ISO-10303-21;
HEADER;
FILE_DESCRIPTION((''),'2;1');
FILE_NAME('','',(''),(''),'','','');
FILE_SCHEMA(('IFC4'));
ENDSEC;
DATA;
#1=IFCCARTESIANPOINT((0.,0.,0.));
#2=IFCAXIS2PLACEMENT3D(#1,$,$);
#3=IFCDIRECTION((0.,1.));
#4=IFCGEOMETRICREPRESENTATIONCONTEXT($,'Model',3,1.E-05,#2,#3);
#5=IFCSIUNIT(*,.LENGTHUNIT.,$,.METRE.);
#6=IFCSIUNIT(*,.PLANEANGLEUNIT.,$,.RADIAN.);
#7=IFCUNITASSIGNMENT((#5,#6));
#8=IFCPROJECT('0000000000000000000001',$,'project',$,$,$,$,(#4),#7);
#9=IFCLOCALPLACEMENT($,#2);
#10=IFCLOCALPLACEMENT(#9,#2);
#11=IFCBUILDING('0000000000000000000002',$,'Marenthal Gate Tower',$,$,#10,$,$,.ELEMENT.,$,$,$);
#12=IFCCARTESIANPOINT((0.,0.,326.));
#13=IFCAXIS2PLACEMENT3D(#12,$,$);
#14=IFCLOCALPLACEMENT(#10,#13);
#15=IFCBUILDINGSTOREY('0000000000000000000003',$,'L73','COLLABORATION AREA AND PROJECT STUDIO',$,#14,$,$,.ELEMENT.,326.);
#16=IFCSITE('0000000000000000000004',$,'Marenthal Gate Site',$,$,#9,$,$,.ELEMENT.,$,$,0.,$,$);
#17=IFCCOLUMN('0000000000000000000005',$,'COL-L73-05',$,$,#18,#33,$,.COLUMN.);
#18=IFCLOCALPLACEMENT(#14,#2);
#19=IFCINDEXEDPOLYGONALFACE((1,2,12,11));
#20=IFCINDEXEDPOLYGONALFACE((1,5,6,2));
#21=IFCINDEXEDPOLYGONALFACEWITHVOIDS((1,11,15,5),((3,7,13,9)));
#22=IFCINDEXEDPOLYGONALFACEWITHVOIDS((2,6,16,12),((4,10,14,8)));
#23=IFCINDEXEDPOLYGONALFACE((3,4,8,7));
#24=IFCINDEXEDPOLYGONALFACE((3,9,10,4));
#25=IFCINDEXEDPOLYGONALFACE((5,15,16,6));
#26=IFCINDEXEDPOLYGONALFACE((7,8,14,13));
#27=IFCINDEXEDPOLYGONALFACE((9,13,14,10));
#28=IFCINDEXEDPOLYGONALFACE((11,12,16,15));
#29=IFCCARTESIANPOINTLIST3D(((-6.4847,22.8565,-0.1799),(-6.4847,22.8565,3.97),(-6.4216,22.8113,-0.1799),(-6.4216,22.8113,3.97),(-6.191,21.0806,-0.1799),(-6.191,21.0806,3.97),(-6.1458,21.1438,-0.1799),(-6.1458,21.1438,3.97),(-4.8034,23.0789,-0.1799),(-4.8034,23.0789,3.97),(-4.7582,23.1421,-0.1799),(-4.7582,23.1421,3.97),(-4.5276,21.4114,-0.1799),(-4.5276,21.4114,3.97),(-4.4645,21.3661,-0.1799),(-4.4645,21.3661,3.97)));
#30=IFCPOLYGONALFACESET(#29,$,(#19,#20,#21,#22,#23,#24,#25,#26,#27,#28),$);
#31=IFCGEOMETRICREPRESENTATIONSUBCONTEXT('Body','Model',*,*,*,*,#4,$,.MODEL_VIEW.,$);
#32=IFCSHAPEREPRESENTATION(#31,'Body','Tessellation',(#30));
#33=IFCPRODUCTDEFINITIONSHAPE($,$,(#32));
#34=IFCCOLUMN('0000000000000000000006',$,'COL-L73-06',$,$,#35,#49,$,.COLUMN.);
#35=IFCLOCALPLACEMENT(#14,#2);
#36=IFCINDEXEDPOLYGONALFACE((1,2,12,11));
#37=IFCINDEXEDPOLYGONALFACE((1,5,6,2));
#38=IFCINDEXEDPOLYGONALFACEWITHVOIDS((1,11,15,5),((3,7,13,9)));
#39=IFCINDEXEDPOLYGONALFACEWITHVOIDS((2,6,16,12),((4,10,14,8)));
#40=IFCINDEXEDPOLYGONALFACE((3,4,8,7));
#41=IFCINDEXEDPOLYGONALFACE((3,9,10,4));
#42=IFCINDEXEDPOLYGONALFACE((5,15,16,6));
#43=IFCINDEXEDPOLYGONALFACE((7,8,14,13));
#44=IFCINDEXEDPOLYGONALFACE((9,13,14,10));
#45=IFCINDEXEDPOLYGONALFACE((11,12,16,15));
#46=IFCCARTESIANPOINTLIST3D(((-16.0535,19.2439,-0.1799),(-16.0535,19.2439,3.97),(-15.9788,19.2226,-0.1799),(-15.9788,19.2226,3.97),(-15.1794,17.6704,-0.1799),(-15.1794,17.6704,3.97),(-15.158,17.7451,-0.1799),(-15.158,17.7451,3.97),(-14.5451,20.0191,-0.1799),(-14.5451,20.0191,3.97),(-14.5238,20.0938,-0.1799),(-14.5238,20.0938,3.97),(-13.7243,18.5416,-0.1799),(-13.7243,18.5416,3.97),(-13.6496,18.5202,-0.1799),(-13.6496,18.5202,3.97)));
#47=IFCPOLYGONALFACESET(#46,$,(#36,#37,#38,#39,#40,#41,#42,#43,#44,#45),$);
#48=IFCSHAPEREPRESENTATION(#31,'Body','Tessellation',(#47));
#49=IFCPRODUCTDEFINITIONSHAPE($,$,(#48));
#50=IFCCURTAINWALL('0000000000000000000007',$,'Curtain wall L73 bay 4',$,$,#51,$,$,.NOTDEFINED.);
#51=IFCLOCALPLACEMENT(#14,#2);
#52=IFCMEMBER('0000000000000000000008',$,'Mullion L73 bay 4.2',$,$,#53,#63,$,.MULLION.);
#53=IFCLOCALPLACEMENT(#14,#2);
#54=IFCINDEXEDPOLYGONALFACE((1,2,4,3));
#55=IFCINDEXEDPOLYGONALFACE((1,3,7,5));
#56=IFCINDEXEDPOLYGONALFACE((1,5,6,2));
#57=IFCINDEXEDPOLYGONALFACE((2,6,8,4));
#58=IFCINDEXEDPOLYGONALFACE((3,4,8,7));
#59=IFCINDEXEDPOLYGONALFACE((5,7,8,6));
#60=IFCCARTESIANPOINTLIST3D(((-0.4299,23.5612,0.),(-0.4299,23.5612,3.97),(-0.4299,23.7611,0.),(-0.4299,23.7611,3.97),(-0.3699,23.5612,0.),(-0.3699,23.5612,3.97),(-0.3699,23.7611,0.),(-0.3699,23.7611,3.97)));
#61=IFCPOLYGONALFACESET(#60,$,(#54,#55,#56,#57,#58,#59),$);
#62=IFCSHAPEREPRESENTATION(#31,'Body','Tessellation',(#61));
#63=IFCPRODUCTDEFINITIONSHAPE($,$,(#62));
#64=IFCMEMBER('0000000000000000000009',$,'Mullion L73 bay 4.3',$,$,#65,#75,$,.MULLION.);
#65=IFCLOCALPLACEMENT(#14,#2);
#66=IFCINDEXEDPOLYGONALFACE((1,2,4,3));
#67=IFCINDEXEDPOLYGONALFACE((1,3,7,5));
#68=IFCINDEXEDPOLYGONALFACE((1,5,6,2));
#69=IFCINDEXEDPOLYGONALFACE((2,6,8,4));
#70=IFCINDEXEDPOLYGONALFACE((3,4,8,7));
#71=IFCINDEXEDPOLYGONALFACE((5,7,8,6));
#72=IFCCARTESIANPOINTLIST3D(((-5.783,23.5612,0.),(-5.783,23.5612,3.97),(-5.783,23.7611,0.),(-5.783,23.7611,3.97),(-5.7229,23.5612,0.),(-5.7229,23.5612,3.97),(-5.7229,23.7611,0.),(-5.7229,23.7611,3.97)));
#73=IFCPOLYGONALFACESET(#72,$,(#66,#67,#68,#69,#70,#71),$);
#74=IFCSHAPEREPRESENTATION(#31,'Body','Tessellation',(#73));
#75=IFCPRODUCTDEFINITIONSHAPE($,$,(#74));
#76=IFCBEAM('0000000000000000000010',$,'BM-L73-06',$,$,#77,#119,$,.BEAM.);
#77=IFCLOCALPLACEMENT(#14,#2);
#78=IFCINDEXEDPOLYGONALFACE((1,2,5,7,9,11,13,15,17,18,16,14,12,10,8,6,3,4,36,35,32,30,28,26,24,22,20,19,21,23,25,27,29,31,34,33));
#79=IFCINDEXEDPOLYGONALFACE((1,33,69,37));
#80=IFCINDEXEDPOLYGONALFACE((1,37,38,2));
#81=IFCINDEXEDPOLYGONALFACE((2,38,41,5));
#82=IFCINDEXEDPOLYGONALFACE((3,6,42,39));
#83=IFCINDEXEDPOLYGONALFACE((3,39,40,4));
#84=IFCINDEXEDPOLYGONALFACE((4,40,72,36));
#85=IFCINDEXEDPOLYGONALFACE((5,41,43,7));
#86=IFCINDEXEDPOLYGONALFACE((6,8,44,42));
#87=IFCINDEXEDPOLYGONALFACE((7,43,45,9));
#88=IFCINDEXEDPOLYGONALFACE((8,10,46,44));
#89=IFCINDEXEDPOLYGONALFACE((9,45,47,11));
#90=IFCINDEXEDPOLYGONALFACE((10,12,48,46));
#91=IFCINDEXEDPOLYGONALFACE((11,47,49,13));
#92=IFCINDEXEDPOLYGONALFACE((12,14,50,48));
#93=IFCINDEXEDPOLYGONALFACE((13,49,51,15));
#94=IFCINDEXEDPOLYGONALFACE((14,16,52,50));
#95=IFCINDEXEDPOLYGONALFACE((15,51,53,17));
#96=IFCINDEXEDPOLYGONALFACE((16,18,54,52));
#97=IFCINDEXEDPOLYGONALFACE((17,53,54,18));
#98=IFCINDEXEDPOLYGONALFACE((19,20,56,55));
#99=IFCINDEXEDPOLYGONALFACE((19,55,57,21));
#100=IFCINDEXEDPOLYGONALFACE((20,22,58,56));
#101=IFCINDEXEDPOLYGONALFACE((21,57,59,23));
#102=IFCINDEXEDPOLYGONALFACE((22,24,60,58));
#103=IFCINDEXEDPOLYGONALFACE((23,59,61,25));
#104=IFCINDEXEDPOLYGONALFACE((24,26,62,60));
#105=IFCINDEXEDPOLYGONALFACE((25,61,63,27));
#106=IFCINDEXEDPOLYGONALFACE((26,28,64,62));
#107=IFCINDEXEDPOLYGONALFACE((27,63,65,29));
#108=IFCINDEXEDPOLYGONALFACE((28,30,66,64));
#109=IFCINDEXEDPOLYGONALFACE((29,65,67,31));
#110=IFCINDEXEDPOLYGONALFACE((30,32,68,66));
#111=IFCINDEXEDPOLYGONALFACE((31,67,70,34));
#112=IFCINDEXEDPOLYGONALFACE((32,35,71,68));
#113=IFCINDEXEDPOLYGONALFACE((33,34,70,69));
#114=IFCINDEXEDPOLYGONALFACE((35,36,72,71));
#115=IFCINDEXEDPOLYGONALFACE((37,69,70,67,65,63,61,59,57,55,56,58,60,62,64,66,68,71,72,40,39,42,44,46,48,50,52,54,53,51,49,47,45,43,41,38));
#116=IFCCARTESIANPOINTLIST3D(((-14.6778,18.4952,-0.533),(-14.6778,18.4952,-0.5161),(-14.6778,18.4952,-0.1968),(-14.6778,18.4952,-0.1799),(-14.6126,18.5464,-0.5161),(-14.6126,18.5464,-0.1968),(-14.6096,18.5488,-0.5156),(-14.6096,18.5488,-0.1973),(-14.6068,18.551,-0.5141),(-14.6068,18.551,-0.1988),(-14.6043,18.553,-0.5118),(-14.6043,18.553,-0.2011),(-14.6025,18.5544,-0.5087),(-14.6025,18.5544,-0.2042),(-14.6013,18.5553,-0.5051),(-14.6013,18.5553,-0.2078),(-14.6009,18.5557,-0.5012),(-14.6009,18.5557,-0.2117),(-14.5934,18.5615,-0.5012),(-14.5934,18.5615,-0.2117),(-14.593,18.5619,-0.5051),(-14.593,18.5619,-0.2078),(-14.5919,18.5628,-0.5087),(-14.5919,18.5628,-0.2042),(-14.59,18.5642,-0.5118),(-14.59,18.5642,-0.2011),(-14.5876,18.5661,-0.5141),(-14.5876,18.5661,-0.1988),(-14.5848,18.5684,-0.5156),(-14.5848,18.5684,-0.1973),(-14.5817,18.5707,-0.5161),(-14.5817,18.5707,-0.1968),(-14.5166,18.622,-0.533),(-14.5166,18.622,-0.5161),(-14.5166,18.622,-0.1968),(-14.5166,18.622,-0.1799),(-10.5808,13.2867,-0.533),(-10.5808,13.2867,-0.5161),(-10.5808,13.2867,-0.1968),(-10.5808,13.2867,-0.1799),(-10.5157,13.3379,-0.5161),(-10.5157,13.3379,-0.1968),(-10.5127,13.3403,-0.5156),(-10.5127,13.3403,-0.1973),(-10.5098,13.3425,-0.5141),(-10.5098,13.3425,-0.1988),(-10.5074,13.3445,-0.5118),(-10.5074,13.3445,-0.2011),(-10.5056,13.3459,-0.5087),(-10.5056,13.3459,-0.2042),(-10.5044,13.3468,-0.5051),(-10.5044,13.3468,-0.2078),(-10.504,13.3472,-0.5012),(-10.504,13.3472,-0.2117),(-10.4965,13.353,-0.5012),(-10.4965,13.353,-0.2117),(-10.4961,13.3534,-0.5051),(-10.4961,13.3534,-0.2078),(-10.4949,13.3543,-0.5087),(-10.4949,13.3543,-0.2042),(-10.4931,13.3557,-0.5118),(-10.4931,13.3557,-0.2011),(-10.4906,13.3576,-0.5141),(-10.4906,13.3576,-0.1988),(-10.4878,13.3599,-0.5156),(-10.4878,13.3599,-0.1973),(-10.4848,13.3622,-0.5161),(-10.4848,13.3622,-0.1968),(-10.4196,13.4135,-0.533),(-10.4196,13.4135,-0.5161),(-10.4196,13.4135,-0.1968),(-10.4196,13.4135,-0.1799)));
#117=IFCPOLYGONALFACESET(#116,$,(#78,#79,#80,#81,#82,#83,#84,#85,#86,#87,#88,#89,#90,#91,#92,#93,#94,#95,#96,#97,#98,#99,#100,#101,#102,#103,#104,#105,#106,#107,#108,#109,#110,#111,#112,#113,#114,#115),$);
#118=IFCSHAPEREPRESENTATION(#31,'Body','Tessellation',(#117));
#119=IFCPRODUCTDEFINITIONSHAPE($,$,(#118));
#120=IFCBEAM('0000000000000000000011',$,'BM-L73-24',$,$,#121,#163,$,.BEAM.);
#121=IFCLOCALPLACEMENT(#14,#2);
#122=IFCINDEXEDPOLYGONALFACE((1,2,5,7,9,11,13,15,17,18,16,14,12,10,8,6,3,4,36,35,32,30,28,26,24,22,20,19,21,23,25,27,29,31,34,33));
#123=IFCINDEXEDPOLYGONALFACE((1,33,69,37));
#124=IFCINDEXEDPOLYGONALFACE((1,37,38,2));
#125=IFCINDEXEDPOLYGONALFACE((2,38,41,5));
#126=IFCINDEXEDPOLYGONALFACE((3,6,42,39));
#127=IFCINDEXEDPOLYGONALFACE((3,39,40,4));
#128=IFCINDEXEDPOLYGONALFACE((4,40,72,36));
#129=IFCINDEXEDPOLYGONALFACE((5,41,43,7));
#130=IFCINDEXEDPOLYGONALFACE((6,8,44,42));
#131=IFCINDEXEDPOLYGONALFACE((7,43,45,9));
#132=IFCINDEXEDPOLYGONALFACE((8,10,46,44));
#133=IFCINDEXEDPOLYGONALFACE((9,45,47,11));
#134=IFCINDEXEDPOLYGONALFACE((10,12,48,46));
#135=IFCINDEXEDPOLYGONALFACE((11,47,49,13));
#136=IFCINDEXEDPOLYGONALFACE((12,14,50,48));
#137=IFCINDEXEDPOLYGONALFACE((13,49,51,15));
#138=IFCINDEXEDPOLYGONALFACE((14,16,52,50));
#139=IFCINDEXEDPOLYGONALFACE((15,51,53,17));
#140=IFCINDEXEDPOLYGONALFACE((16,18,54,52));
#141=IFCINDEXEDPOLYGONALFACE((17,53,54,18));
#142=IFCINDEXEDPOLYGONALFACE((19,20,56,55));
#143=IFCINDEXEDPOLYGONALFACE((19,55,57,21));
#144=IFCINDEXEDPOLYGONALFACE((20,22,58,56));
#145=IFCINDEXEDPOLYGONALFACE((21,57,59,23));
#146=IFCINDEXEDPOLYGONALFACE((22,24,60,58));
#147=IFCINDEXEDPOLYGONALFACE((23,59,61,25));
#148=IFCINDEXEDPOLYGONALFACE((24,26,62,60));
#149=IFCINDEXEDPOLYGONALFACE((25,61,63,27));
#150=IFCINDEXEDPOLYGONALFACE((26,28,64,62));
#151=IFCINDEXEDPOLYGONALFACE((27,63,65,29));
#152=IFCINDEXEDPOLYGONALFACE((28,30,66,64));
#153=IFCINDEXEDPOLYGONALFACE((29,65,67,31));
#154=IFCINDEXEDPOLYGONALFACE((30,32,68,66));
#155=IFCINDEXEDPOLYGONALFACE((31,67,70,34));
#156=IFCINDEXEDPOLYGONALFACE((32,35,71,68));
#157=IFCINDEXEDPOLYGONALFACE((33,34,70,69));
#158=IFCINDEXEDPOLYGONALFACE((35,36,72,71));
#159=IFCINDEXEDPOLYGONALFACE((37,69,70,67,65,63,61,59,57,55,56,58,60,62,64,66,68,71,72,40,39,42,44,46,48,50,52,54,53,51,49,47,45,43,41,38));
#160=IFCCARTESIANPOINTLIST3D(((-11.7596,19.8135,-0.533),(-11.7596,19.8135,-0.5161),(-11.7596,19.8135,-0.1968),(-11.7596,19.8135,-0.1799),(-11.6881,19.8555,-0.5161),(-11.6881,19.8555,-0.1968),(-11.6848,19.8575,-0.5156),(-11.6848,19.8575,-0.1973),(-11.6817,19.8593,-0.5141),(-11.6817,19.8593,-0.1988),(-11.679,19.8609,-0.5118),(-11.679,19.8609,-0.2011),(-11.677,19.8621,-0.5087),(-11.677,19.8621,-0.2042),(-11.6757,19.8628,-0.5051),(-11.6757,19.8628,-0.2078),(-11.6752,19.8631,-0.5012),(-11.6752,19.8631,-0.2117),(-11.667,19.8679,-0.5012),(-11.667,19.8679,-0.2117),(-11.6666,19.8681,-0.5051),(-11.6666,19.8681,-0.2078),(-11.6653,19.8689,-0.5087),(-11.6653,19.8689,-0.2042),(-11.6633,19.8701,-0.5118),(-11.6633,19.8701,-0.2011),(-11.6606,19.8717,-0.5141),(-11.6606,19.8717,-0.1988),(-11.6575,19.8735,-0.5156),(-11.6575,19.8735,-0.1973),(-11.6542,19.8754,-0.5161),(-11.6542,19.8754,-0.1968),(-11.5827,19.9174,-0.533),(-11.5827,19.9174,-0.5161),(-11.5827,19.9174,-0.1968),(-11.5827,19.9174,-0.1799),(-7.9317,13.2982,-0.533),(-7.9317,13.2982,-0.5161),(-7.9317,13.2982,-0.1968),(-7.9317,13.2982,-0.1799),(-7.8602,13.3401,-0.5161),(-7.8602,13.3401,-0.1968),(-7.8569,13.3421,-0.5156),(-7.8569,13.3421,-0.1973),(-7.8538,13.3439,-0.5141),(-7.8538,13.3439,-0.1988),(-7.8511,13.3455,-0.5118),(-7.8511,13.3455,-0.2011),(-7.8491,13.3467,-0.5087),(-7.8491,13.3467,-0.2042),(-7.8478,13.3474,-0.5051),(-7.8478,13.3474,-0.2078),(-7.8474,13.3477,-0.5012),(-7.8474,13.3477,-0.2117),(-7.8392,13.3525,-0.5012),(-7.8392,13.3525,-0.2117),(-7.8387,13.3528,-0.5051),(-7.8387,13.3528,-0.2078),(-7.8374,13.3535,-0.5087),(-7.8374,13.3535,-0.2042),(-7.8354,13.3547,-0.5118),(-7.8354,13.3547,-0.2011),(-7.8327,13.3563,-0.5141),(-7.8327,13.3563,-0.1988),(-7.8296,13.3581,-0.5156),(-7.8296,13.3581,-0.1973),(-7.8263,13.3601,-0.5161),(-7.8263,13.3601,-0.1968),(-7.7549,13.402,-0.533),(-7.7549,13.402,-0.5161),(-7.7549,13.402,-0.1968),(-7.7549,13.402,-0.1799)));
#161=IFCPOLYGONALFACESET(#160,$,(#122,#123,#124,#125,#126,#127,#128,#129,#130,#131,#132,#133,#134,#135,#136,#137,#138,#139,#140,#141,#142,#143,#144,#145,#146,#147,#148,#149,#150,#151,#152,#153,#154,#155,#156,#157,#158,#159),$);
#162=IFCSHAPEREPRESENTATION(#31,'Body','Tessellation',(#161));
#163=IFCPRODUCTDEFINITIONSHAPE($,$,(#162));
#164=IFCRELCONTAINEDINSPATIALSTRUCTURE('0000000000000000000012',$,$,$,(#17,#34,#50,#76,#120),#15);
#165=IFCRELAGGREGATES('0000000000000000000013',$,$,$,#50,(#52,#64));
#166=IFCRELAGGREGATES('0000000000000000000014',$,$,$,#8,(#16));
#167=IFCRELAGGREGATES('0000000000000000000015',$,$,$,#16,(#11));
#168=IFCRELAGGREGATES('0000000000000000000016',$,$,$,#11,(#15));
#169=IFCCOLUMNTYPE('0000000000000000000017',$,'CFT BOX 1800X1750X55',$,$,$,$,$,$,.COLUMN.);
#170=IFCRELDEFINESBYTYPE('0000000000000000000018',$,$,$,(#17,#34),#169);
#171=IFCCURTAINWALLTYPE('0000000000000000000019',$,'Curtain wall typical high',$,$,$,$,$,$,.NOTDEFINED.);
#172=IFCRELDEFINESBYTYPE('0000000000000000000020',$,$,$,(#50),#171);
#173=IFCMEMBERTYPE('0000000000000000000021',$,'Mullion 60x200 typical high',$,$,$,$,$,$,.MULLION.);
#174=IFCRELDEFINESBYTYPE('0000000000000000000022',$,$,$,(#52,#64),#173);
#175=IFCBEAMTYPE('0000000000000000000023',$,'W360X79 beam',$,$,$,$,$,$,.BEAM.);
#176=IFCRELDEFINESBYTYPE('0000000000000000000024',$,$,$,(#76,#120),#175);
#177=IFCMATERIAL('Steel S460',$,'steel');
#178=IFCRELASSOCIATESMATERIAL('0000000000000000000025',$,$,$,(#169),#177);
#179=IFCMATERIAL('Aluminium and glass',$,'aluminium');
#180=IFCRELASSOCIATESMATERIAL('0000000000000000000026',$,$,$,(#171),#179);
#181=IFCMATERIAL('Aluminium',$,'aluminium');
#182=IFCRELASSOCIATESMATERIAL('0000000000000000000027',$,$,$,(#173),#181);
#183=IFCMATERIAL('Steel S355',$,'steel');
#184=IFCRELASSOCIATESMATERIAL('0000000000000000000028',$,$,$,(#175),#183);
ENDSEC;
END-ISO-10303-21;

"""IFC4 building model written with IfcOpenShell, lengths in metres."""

from ifc_helpers import new_model, si_unit, direction, frame, origin, origin_2d, place, context, subcontext, project, spatial, rectangle, hollow_rectangle, i_section, extrude, material, material_profile, profile_set, type_object, element, aggregate, save


model = new_model("IFC4")

# Units and contexts
model_context = context("Model", 3, precision=1e-05, world=origin(), true_north=direction((0.0, 1.0)))
body_context = subcontext(model_context, "Body", "Model", "MODEL_VIEW")
ifc_project = project(units=[si_unit("LENGTHUNIT", "METRE"), si_unit("PLANEANGLEUNIT", "RADIAN")], contexts=[model_context])

# Site, building, storey
site_placement = place(None, origin())
site = spatial("IfcSite", under=ifc_project, at=site_placement, Name="Marenthal Gate Site", CompositionType="ELEMENT", RefElevation=0.0)
building_placement = place(site_placement, origin())
building = spatial("IfcBuilding", under=site, at=building_placement, Name="Marenthal Gate Tower", CompositionType="ELEMENT")
storey_placement = place(building_placement, frame((0.0, 0.0, 326.0)))
storey = spatial("IfcBuildingStorey", under=building, at=storey_placement, Name="L73", Description="COLLABORATION AREA AND PROJECT STUDIO", CompositionType="ELEMENT", Elevation=326.0)

# Columns
ifc_material_1 = material(Name="Steel S460", Category="steel")
ifc_material_profile_1 = material_profile(ifc_material_1, hollow_rectangle(XDim=1.75, YDim=1.8, WallThickness=0.0549, at=origin_2d()), Name="CFT BOX 1800X1750X55")
ifc_material_2 = material(Name="Concrete 70 MPa", Category="concrete")
ifc_material_profile_2 = material_profile(ifc_material_2, rectangle(XDim=1.6399, YDim=1.6899, at=origin_2d()), Name="CFT BOX 1800X1750X55 INFILL")
ifc_profile_set_1 = profile_set([ifc_material_profile_1, ifc_material_profile_2], Name="Steel S460 shell, Concrete 70 MPa infill")
column_type = type_object("IfcColumnType", Name="CFT BOX 1800X1750X55", PredefinedType="COLUMN", material=ifc_profile_set_1)
for number, where, z_axis, x_axis, name in (
    (1, (-5.4746, 22.1113, -0.1799), (0.0, 0.0, 1.0), (0.986599, 0.163164, 0.0), "COL-L73-05"),
    (2, (-14.8516, 18.8821, -0.1799), (0.0, 0.0, 1.0), (0.874163, 0.485632, 0.0), "COL-L73-06"),
):
    element("IfcColumn", number, at=place(storey_placement, frame(where, z_axis=z_axis, x_axis=x_axis)), inside=storey, type_object=column_type, Name=name, PredefinedType="COLUMN", context=body_context, shape_type="SweptSolid", body=[
        extrude(hollow_rectangle(XDim=1.75, YDim=1.8, WallThickness=0.0549, at=origin_2d()), origin(), (0.0, 0.0, 1.0), 4.1499),
    ])

# Curtain wall, members
ifc_material_3 = material(Name="Aluminium and glass", Category="aluminium")
curtain_wall_type = type_object("IfcCurtainWallType", Name="Curtain wall typical high", PredefinedType="NOTDEFINED", material=ifc_material_3)
curtain_wall_placement = place(storey_placement, origin())
curtain_wall = element("IfcCurtainWall", 3, at=curtain_wall_placement, inside=storey, type_object=curtain_wall_type, Name="Curtain wall L73 bay 4", PredefinedType="NOTDEFINED")
ifc_material_4 = material(Name="Aluminium", Category="aluminium")
ifc_material_profile_3 = material_profile(ifc_material_4, rectangle(XDim=0.2, YDim=0.0601, at=origin_2d()), Name="60x200 aluminium mullion")
ifc_profile_set_2 = profile_set([ifc_material_profile_3], Name="Aluminium")
member_type = type_object("IfcMemberType", Name="Mullion 60x200 typical high", PredefinedType="MULLION", material=ifc_profile_set_2)
member_1_placement = place(storey_placement, frame((-0.3999, 23.6611, 0.0), z_axis=(0.0, 0.0, 1.0), x_axis=(0.0, -1.0, 0.0)))
member_1 = element("IfcMember", 4, at=member_1_placement, type_object=member_type, Name="Mullion L73 bay 4.2", PredefinedType="MULLION", context=body_context, shape_type="SweptSolid", body=[
    extrude(rectangle(XDim=0.2, YDim=0.0601, at=origin_2d()), origin(), (0.0, 0.0, 1.0), 3.97),
])
member_2_placement = place(storey_placement, frame((-5.7529, 23.6611, 0.0), z_axis=(0.0, 0.0, 1.0), x_axis=(0.0, -1.0, 0.0)))
member_2 = element("IfcMember", 5, at=member_2_placement, type_object=member_type, Name="Mullion L73 bay 4.3", PredefinedType="MULLION", context=body_context, shape_type="SweptSolid", body=[
    extrude(rectangle(XDim=0.2, YDim=0.0601, at=origin_2d()), origin(), (0.0, 0.0, 1.0), 3.97),
])

# Beams
ifc_material_5 = material(Name="Steel S355", Category="steel")
ifc_material_profile_4 = material_profile(ifc_material_5, i_section(OverallWidth=0.2051, OverallDepth=0.353, WebThickness=0.0095, FlangeThickness=0.0168, FilletRadius=0.0149, at=origin_2d()), Name="W360X79")
ifc_profile_set_3 = profile_set([ifc_material_profile_4], Name="Steel S355")
beam_type_1 = type_object("IfcBeamType", Name="W360X79 beam", PredefinedType="BEAM", material=ifc_profile_set_3)
beam_1_placement = place(storey_placement, frame((-14.5972, 18.5586, -0.3564), z_axis=(0.618245, -0.785986, 0.0), x_axis=(0.785986, 0.618245, 0.0)))
element("IfcBeam", 6, at=beam_1_placement, inside=storey, type_object=beam_type_1, Name="BM-L73-06", PredefinedType="BEAM", context=body_context, shape_type="SweptSolid", body=[
    extrude(i_section(OverallWidth=0.2051, OverallDepth=0.353, WebThickness=0.0095, FlangeThickness=0.0168, FilletRadius=0.0149, at=origin_2d()), origin(), (0.0, 0.0, 1.0), 6.6267),
])
beam_2_placement = place(storey_placement, frame((-11.6711, 19.8655, -0.3564), z_axis=(0.506558, -0.862206, 0.0), x_axis=(0.862206, 0.506558, 0.0)))
element("IfcBeam", 7, at=beam_2_placement, inside=storey, type_object=beam_type_1, Name="BM-L73-24", PredefinedType="BEAM", context=body_context, shape_type="SweptSolid", body=[
    extrude(i_section(OverallWidth=0.2051, OverallDepth=0.353, WebThickness=0.0095, FlangeThickness=0.0168, FilletRadius=0.0149, at=origin_2d()), origin(), (0.0, 0.0, 1.0), 7.5566),
])

aggregate(curtain_wall, [member_1, member_2])

save(model, "model.ifc")
